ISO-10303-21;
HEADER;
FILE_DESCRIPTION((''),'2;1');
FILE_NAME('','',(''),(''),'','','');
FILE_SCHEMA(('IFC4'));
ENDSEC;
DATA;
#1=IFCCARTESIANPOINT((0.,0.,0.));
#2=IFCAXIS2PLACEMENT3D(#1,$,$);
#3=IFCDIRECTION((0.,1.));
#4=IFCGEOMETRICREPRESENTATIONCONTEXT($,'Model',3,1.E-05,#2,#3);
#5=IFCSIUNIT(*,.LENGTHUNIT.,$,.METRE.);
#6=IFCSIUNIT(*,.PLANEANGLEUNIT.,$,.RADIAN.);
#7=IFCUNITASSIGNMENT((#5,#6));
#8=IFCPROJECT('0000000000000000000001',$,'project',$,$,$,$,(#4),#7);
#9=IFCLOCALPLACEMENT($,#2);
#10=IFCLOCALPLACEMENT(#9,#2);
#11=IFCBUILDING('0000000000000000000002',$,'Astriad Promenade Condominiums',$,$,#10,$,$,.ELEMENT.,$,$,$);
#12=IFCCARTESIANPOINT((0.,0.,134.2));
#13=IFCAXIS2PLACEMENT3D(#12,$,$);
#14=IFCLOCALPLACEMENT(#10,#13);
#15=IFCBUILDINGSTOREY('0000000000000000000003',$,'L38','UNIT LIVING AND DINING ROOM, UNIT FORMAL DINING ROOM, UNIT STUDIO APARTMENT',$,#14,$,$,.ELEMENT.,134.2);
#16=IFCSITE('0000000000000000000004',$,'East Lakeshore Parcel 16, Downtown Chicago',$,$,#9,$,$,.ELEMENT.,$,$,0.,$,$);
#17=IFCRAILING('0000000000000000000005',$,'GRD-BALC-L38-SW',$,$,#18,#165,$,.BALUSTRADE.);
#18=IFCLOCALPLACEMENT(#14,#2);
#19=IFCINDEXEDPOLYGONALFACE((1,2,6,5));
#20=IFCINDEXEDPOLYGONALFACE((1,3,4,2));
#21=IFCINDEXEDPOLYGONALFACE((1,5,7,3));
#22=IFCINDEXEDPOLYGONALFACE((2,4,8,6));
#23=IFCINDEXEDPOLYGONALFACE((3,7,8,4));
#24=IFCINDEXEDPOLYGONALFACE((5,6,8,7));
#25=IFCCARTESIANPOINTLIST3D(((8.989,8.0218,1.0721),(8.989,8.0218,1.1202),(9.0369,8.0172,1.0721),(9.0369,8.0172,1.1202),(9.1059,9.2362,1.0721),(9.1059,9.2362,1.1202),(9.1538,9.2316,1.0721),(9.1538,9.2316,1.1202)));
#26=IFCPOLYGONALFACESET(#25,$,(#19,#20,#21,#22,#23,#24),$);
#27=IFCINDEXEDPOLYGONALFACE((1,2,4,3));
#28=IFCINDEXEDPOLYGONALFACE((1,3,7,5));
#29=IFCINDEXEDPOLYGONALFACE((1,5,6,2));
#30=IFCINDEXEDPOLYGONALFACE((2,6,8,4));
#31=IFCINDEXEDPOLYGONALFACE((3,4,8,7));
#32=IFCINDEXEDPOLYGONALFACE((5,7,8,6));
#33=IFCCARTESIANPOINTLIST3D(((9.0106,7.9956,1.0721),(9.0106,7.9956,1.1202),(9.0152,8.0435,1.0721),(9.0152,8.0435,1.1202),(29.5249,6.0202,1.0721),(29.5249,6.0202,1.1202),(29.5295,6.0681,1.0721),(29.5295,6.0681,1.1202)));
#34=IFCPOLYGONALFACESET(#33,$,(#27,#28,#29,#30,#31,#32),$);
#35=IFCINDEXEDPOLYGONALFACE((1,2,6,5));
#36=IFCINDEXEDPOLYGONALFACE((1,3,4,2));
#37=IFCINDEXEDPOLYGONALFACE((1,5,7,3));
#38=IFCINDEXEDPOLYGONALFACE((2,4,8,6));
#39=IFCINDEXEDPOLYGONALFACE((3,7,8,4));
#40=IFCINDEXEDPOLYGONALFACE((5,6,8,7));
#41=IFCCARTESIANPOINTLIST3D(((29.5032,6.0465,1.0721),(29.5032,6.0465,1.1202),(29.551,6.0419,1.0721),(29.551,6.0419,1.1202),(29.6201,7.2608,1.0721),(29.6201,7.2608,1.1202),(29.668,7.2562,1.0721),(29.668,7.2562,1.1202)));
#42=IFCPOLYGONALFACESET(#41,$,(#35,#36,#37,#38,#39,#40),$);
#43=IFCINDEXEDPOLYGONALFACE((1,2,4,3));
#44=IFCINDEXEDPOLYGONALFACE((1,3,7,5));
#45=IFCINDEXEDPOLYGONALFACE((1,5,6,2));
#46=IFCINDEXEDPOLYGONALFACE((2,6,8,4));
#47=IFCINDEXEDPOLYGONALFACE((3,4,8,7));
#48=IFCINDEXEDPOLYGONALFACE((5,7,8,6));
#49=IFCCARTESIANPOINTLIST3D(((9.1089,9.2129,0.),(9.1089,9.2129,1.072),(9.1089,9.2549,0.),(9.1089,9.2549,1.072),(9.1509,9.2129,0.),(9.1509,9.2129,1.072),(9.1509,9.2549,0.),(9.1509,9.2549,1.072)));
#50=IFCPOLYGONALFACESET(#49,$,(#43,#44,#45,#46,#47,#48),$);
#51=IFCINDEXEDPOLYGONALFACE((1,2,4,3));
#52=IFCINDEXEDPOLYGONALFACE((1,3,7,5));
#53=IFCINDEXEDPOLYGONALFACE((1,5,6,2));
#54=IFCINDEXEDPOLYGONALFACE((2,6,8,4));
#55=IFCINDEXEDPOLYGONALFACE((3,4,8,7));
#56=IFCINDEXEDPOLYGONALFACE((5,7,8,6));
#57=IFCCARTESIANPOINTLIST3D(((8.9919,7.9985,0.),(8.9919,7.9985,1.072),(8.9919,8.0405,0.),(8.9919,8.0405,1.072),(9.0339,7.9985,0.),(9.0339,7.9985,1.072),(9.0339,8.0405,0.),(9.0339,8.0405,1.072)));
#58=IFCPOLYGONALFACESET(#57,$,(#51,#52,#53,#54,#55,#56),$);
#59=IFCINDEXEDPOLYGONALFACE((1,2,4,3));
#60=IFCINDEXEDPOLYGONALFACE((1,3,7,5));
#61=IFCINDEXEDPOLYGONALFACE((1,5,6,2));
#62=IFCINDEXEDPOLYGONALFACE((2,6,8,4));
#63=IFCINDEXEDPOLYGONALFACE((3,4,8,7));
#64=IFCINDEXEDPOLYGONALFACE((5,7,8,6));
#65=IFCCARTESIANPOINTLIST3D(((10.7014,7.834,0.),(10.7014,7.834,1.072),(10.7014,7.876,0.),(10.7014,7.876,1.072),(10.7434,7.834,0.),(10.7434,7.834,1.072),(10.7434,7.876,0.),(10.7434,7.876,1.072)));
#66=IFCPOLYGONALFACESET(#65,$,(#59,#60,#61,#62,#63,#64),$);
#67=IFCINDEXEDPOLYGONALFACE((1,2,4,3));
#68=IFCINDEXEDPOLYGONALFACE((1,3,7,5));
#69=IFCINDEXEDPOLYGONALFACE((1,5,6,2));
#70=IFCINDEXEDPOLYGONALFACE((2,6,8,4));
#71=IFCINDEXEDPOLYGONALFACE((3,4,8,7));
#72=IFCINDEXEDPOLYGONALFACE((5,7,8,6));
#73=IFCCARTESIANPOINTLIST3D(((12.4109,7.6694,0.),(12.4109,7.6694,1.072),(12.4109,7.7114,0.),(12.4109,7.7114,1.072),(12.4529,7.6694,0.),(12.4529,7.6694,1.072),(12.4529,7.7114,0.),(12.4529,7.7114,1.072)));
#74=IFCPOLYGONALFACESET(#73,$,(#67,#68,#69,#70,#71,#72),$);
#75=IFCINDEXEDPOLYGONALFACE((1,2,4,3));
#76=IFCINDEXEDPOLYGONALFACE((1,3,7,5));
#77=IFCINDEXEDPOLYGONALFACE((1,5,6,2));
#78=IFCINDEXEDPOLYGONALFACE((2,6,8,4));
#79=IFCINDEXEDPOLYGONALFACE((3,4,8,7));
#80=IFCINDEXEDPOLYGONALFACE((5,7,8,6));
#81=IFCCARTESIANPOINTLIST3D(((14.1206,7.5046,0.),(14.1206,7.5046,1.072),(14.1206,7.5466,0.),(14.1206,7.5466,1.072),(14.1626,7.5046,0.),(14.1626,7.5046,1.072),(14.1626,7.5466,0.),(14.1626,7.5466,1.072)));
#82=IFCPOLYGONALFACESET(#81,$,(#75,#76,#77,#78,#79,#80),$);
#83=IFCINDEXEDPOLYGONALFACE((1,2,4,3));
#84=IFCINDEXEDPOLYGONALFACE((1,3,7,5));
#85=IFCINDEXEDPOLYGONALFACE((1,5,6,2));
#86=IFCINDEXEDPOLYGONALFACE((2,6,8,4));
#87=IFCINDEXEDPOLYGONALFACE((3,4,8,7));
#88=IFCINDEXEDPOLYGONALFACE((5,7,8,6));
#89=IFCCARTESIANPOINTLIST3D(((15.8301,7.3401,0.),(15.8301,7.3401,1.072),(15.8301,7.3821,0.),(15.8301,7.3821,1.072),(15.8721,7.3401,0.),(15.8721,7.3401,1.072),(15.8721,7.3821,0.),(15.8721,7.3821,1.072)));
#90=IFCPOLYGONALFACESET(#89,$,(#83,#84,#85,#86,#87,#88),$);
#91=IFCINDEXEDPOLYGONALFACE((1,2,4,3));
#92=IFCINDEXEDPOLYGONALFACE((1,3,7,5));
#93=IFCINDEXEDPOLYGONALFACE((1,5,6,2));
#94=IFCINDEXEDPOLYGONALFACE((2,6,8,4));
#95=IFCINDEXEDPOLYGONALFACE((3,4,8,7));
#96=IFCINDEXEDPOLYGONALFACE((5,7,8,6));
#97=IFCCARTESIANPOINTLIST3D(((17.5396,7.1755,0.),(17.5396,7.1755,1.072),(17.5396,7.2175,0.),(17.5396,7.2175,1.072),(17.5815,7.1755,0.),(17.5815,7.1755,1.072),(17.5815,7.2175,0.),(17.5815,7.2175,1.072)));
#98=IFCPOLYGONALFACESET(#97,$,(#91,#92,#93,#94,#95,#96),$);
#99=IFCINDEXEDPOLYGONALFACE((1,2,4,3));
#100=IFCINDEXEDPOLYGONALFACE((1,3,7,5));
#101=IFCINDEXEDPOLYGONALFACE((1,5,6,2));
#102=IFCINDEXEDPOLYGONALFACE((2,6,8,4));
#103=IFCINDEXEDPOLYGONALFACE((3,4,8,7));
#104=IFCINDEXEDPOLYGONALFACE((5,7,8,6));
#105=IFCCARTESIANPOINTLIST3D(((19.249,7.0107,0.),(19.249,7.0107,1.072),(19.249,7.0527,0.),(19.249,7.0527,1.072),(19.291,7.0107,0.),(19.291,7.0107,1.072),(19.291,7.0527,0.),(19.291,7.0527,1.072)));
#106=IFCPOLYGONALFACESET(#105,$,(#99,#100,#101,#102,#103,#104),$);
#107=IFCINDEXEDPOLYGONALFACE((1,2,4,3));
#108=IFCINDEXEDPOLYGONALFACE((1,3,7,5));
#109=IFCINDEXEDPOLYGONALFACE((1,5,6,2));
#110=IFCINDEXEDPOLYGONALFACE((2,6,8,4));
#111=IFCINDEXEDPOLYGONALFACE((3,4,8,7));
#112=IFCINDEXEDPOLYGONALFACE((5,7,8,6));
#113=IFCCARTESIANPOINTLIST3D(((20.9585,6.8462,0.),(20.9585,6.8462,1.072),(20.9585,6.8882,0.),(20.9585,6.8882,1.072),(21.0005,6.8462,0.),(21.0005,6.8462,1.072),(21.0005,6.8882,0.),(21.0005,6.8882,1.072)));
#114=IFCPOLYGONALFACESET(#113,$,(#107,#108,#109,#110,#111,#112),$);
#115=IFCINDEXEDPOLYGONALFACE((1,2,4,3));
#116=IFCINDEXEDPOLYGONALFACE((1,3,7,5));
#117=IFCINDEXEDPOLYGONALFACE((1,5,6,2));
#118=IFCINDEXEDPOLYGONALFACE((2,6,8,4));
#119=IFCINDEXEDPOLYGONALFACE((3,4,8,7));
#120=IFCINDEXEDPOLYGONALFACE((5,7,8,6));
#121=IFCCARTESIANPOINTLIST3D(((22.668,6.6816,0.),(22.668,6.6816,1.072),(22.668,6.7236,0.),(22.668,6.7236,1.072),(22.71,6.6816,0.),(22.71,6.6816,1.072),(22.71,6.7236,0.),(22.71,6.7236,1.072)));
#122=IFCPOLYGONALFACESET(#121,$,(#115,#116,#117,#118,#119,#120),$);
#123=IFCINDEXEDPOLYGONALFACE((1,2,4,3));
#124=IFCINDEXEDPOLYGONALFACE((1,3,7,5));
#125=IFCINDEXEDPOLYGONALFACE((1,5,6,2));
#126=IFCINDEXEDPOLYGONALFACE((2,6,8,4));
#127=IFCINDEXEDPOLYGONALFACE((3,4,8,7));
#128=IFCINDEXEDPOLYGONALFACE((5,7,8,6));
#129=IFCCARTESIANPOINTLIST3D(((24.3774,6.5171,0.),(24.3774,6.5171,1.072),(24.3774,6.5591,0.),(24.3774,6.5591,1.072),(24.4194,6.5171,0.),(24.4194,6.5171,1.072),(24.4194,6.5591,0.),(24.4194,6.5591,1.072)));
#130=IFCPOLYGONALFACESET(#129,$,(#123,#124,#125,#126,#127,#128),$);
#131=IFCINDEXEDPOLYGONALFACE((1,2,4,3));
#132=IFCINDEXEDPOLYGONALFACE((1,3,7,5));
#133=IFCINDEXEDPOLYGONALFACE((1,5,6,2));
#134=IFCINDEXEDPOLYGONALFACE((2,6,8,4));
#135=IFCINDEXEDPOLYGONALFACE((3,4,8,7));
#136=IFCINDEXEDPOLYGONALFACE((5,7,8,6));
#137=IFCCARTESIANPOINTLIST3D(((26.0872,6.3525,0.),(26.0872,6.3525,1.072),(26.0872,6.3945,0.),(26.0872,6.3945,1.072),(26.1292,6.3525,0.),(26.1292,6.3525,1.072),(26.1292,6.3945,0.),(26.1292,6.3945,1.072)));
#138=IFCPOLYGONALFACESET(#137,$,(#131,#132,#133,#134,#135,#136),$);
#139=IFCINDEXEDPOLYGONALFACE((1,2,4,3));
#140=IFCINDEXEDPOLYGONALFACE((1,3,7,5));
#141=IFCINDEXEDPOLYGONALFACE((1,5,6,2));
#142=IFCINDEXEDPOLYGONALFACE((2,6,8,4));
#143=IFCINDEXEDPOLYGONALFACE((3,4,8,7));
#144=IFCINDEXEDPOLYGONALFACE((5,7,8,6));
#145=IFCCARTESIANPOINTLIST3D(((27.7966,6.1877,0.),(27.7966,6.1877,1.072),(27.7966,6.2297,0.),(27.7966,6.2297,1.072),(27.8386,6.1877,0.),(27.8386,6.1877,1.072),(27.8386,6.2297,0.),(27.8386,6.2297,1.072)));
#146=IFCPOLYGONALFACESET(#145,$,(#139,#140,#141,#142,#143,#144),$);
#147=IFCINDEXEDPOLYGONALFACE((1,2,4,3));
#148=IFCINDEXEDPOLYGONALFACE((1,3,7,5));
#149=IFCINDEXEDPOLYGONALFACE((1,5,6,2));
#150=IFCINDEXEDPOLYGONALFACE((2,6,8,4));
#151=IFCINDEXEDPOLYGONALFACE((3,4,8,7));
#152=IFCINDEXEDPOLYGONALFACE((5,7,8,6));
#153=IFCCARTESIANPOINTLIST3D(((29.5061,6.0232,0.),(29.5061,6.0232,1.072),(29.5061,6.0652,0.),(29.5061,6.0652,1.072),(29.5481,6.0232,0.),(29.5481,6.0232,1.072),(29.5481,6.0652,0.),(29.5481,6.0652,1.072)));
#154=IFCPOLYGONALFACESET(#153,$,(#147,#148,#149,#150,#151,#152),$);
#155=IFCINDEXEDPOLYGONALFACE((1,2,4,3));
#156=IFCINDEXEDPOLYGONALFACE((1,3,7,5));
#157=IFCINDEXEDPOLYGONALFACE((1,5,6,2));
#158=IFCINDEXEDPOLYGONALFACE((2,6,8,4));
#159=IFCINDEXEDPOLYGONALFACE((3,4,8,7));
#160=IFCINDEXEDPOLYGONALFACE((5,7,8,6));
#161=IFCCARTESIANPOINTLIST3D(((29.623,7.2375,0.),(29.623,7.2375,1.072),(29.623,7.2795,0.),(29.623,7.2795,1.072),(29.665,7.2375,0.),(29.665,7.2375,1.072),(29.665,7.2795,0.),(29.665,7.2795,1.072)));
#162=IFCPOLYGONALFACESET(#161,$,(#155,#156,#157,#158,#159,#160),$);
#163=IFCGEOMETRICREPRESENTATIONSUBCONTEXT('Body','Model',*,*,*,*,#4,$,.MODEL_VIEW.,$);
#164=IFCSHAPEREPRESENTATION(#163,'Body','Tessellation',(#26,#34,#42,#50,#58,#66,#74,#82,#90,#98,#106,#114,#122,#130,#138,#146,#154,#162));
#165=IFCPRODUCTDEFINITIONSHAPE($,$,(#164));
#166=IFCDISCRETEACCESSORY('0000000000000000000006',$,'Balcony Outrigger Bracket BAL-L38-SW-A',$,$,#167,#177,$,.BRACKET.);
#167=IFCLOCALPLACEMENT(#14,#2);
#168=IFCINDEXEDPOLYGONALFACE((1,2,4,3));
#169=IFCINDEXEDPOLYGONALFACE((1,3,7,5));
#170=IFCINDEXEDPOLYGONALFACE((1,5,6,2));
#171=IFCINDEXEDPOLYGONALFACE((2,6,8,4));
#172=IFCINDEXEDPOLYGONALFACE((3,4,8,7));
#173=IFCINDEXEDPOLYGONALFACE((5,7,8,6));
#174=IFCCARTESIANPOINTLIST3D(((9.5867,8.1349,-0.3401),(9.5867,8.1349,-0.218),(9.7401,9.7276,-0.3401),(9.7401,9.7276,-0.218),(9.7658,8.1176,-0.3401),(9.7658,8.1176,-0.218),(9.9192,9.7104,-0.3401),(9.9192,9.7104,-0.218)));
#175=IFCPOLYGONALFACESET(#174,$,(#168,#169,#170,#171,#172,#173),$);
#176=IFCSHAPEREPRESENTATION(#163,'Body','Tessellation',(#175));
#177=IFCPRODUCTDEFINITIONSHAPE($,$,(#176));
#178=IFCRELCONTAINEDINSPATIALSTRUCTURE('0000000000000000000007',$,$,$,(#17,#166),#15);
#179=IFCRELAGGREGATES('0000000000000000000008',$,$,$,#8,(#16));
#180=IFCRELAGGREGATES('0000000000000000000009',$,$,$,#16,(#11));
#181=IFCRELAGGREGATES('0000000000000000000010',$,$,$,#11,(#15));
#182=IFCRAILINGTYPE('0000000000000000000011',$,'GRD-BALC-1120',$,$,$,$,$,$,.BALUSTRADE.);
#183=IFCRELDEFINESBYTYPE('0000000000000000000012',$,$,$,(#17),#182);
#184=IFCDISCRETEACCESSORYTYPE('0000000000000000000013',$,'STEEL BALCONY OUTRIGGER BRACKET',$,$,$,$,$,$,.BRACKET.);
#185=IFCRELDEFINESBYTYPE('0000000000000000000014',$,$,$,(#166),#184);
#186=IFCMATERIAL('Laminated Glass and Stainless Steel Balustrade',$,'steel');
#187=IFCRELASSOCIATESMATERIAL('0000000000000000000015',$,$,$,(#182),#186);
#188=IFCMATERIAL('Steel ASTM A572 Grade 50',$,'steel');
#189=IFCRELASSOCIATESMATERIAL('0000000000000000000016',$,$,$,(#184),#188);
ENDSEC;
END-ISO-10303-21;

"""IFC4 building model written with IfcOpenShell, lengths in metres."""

from ifc_helpers import new_model, si_unit, direction, frame, origin, origin_2d, place, context, subcontext, project, spatial, rectangle, extrude, source, transform, mapped, material, type_object, type_shapes, element, save


model = new_model("IFC4")

# Units and contexts
model_context = context("Model", 3, precision=1e-05, world=origin(), true_north=direction((0.0, 1.0)))
body_context = subcontext(model_context, "Body", "Model", "MODEL_VIEW")
ifc_project = project(units=[si_unit("LENGTHUNIT", "METRE"), si_unit("PLANEANGLEUNIT", "RADIAN")], contexts=[model_context])

# Site, building, storey
site_placement = place(None, origin())
site = spatial("IfcSite", under=ifc_project, at=site_placement, Name="East Lakeshore Parcel 16, Downtown Chicago", CompositionType="ELEMENT", RefElevation=0.0)
building_placement = place(site_placement, origin())
building = spatial("IfcBuilding", under=site, at=building_placement, Name="Astriad Promenade Condominiums", CompositionType="ELEMENT")
storey_placement = place(building_placement, frame((0.0, 0.0, 134.2)))
storey = spatial("IfcBuildingStorey", under=building, at=storey_placement, Name="L38", Description="UNIT LIVING AND DINING ROOM, UNIT FORMAL DINING ROOM, UNIT STUDIO APARTMENT", CompositionType="ELEMENT", Elevation=134.2)

# Railing
ifc_material_1 = material(Name="Laminated Glass and Stainless Steel Balustrade", Category="steel")
railing_type = type_object("IfcRailingType", Name="GRD-BALC-1120", PredefinedType="BALUSTRADE", material=ifc_material_1)
shared_shape_1 = source(origin(), body_context, "Body", "SweptSolid", [
    extrude(rectangle(XDim=0.0481, YDim=0.0481, at=origin_2d()), frame((0.0, 0.0, 1.0962), z_axis=(-0.095857, -0.995395, 0.0), x_axis=(0.995395, -0.095857, 0.0)), (0.0, 0.0, 1.0), 1.22),
    extrude(rectangle(XDim=0.0481, YDim=0.0481, at=origin_2d()), frame((-0.1169, -1.2144, 1.0962), z_axis=(0.995396, -0.095848, 0.0), x_axis=(0.095848, 0.995396, 0.0)), (0.0, 0.0, 1.0), 20.6091),
    extrude(rectangle(XDim=0.0481, YDim=0.0481, at=origin_2d()), frame((20.3972, -3.1897, 1.0962), z_axis=(0.095857, 0.995395, 0.0), x_axis=(-0.995395, 0.095857, 0.0)), (0.0, 0.0, 1.0), 1.22),
    extrude(rectangle(XDim=0.042, YDim=0.042, at=origin_2d()), origin(), (0.0, 0.0, 1.0), 1.072),
    extrude(rectangle(XDim=0.042, YDim=0.042, at=origin_2d()), frame((-0.1169, -1.2144, 0.0)), (0.0, 0.0, 1.0), 1.072),
    extrude(rectangle(XDim=0.042, YDim=0.042, at=origin_2d()), frame((1.5925, -1.3789, 0.0)), (0.0, 0.0, 1.0), 1.072),
    extrude(rectangle(XDim=0.042, YDim=0.042, at=origin_2d()), frame((3.302, -1.5435, 0.0)), (0.0, 0.0, 1.0), 1.072),
    extrude(rectangle(XDim=0.042, YDim=0.042, at=origin_2d()), frame((5.0117, -1.7083, 0.0)), (0.0, 0.0, 1.0), 1.072),
    extrude(rectangle(XDim=0.042, YDim=0.042, at=origin_2d()), frame((6.7212, -1.8728, 0.0)), (0.0, 0.0, 1.0), 1.072),
    extrude(rectangle(XDim=0.042, YDim=0.042, at=origin_2d()), frame((8.4307, -2.0374, 0.0)), (0.0, 0.0, 1.0), 1.072),
    extrude(rectangle(XDim=0.042, YDim=0.042, at=origin_2d()), frame((10.1401, -2.2021, 0.0)), (0.0, 0.0, 1.0), 1.072),
    extrude(rectangle(XDim=0.042, YDim=0.042, at=origin_2d()), frame((11.8496, -2.3667, 0.0)), (0.0, 0.0, 1.0), 1.072),
    extrude(rectangle(XDim=0.042, YDim=0.042, at=origin_2d()), frame((13.5591, -2.5312, 0.0)), (0.0, 0.0, 1.0), 1.072),
    extrude(rectangle(XDim=0.042, YDim=0.042, at=origin_2d()), frame((15.2686, -2.6958, 0.0)), (0.0, 0.0, 1.0), 1.072),
    extrude(rectangle(XDim=0.042, YDim=0.042, at=origin_2d()), frame((16.9783, -2.8604, 0.0)), (0.0, 0.0, 1.0), 1.072),
    extrude(rectangle(XDim=0.042, YDim=0.042, at=origin_2d()), frame((18.6877, -3.0251, 0.0)), (0.0, 0.0, 1.0), 1.072),
    extrude(rectangle(XDim=0.042, YDim=0.042, at=origin_2d()), frame((20.3972, -3.1897, 0.0)), (0.0, 0.0, 1.0), 1.072),
    extrude(rectangle(XDim=0.042, YDim=0.042, at=origin_2d()), frame((20.5142, -1.9753, 0.0)), (0.0, 0.0, 1.0), 1.072),
])
type_shapes(railing_type, [shared_shape_1])
railing_placement = place(storey_placement, frame((9.1299, 9.2339, 0.0)))
element("IfcRailing", 1, at=railing_placement, inside=storey, type_object=railing_type, Name="GRD-BALC-L38-SW", PredefinedType="BALUSTRADE", context=body_context, shape_type="MappedRepresentation", body=[
    mapped(shared_shape_1, transform((0.0, 0.0, 0.0), scale=1.0)),
])

# Discrete accessory
ifc_material_2 = material(Name="Steel ASTM A572 Grade 50", Category="steel")
discrete_accessory_type = type_object("IfcDiscreteAccessoryType", Name="STEEL BALCONY OUTRIGGER BRACKET", PredefinedType="BRACKET", material=ifc_material_2)
shared_shape_2 = source(origin(), body_context, "Body", "SweptSolid", [
    extrude(rectangle(XDim=1.6001, YDim=0.1799, at=origin_2d()), origin(), (0.0, 0.0, 1.0), 0.1221),
])
type_shapes(discrete_accessory_type, [shared_shape_2])
discrete_accessory_placement = place(storey_placement, frame((9.7529, 8.9226, -0.3401), z_axis=(0.0, 0.0, 1.0), x_axis=(-0.095846, -0.995396, 0.0)))
element("IfcDiscreteAccessory", 2, at=discrete_accessory_placement, inside=storey, type_object=discrete_accessory_type, Name="Balcony Outrigger Bracket BAL-L38-SW-A", PredefinedType="BRACKET", context=body_context, shape_type="MappedRepresentation", body=[
    mapped(shared_shape_2, transform((0.0, 0.0, 0.0), scale=1.0)),
])

save(model, "model.ifc")
